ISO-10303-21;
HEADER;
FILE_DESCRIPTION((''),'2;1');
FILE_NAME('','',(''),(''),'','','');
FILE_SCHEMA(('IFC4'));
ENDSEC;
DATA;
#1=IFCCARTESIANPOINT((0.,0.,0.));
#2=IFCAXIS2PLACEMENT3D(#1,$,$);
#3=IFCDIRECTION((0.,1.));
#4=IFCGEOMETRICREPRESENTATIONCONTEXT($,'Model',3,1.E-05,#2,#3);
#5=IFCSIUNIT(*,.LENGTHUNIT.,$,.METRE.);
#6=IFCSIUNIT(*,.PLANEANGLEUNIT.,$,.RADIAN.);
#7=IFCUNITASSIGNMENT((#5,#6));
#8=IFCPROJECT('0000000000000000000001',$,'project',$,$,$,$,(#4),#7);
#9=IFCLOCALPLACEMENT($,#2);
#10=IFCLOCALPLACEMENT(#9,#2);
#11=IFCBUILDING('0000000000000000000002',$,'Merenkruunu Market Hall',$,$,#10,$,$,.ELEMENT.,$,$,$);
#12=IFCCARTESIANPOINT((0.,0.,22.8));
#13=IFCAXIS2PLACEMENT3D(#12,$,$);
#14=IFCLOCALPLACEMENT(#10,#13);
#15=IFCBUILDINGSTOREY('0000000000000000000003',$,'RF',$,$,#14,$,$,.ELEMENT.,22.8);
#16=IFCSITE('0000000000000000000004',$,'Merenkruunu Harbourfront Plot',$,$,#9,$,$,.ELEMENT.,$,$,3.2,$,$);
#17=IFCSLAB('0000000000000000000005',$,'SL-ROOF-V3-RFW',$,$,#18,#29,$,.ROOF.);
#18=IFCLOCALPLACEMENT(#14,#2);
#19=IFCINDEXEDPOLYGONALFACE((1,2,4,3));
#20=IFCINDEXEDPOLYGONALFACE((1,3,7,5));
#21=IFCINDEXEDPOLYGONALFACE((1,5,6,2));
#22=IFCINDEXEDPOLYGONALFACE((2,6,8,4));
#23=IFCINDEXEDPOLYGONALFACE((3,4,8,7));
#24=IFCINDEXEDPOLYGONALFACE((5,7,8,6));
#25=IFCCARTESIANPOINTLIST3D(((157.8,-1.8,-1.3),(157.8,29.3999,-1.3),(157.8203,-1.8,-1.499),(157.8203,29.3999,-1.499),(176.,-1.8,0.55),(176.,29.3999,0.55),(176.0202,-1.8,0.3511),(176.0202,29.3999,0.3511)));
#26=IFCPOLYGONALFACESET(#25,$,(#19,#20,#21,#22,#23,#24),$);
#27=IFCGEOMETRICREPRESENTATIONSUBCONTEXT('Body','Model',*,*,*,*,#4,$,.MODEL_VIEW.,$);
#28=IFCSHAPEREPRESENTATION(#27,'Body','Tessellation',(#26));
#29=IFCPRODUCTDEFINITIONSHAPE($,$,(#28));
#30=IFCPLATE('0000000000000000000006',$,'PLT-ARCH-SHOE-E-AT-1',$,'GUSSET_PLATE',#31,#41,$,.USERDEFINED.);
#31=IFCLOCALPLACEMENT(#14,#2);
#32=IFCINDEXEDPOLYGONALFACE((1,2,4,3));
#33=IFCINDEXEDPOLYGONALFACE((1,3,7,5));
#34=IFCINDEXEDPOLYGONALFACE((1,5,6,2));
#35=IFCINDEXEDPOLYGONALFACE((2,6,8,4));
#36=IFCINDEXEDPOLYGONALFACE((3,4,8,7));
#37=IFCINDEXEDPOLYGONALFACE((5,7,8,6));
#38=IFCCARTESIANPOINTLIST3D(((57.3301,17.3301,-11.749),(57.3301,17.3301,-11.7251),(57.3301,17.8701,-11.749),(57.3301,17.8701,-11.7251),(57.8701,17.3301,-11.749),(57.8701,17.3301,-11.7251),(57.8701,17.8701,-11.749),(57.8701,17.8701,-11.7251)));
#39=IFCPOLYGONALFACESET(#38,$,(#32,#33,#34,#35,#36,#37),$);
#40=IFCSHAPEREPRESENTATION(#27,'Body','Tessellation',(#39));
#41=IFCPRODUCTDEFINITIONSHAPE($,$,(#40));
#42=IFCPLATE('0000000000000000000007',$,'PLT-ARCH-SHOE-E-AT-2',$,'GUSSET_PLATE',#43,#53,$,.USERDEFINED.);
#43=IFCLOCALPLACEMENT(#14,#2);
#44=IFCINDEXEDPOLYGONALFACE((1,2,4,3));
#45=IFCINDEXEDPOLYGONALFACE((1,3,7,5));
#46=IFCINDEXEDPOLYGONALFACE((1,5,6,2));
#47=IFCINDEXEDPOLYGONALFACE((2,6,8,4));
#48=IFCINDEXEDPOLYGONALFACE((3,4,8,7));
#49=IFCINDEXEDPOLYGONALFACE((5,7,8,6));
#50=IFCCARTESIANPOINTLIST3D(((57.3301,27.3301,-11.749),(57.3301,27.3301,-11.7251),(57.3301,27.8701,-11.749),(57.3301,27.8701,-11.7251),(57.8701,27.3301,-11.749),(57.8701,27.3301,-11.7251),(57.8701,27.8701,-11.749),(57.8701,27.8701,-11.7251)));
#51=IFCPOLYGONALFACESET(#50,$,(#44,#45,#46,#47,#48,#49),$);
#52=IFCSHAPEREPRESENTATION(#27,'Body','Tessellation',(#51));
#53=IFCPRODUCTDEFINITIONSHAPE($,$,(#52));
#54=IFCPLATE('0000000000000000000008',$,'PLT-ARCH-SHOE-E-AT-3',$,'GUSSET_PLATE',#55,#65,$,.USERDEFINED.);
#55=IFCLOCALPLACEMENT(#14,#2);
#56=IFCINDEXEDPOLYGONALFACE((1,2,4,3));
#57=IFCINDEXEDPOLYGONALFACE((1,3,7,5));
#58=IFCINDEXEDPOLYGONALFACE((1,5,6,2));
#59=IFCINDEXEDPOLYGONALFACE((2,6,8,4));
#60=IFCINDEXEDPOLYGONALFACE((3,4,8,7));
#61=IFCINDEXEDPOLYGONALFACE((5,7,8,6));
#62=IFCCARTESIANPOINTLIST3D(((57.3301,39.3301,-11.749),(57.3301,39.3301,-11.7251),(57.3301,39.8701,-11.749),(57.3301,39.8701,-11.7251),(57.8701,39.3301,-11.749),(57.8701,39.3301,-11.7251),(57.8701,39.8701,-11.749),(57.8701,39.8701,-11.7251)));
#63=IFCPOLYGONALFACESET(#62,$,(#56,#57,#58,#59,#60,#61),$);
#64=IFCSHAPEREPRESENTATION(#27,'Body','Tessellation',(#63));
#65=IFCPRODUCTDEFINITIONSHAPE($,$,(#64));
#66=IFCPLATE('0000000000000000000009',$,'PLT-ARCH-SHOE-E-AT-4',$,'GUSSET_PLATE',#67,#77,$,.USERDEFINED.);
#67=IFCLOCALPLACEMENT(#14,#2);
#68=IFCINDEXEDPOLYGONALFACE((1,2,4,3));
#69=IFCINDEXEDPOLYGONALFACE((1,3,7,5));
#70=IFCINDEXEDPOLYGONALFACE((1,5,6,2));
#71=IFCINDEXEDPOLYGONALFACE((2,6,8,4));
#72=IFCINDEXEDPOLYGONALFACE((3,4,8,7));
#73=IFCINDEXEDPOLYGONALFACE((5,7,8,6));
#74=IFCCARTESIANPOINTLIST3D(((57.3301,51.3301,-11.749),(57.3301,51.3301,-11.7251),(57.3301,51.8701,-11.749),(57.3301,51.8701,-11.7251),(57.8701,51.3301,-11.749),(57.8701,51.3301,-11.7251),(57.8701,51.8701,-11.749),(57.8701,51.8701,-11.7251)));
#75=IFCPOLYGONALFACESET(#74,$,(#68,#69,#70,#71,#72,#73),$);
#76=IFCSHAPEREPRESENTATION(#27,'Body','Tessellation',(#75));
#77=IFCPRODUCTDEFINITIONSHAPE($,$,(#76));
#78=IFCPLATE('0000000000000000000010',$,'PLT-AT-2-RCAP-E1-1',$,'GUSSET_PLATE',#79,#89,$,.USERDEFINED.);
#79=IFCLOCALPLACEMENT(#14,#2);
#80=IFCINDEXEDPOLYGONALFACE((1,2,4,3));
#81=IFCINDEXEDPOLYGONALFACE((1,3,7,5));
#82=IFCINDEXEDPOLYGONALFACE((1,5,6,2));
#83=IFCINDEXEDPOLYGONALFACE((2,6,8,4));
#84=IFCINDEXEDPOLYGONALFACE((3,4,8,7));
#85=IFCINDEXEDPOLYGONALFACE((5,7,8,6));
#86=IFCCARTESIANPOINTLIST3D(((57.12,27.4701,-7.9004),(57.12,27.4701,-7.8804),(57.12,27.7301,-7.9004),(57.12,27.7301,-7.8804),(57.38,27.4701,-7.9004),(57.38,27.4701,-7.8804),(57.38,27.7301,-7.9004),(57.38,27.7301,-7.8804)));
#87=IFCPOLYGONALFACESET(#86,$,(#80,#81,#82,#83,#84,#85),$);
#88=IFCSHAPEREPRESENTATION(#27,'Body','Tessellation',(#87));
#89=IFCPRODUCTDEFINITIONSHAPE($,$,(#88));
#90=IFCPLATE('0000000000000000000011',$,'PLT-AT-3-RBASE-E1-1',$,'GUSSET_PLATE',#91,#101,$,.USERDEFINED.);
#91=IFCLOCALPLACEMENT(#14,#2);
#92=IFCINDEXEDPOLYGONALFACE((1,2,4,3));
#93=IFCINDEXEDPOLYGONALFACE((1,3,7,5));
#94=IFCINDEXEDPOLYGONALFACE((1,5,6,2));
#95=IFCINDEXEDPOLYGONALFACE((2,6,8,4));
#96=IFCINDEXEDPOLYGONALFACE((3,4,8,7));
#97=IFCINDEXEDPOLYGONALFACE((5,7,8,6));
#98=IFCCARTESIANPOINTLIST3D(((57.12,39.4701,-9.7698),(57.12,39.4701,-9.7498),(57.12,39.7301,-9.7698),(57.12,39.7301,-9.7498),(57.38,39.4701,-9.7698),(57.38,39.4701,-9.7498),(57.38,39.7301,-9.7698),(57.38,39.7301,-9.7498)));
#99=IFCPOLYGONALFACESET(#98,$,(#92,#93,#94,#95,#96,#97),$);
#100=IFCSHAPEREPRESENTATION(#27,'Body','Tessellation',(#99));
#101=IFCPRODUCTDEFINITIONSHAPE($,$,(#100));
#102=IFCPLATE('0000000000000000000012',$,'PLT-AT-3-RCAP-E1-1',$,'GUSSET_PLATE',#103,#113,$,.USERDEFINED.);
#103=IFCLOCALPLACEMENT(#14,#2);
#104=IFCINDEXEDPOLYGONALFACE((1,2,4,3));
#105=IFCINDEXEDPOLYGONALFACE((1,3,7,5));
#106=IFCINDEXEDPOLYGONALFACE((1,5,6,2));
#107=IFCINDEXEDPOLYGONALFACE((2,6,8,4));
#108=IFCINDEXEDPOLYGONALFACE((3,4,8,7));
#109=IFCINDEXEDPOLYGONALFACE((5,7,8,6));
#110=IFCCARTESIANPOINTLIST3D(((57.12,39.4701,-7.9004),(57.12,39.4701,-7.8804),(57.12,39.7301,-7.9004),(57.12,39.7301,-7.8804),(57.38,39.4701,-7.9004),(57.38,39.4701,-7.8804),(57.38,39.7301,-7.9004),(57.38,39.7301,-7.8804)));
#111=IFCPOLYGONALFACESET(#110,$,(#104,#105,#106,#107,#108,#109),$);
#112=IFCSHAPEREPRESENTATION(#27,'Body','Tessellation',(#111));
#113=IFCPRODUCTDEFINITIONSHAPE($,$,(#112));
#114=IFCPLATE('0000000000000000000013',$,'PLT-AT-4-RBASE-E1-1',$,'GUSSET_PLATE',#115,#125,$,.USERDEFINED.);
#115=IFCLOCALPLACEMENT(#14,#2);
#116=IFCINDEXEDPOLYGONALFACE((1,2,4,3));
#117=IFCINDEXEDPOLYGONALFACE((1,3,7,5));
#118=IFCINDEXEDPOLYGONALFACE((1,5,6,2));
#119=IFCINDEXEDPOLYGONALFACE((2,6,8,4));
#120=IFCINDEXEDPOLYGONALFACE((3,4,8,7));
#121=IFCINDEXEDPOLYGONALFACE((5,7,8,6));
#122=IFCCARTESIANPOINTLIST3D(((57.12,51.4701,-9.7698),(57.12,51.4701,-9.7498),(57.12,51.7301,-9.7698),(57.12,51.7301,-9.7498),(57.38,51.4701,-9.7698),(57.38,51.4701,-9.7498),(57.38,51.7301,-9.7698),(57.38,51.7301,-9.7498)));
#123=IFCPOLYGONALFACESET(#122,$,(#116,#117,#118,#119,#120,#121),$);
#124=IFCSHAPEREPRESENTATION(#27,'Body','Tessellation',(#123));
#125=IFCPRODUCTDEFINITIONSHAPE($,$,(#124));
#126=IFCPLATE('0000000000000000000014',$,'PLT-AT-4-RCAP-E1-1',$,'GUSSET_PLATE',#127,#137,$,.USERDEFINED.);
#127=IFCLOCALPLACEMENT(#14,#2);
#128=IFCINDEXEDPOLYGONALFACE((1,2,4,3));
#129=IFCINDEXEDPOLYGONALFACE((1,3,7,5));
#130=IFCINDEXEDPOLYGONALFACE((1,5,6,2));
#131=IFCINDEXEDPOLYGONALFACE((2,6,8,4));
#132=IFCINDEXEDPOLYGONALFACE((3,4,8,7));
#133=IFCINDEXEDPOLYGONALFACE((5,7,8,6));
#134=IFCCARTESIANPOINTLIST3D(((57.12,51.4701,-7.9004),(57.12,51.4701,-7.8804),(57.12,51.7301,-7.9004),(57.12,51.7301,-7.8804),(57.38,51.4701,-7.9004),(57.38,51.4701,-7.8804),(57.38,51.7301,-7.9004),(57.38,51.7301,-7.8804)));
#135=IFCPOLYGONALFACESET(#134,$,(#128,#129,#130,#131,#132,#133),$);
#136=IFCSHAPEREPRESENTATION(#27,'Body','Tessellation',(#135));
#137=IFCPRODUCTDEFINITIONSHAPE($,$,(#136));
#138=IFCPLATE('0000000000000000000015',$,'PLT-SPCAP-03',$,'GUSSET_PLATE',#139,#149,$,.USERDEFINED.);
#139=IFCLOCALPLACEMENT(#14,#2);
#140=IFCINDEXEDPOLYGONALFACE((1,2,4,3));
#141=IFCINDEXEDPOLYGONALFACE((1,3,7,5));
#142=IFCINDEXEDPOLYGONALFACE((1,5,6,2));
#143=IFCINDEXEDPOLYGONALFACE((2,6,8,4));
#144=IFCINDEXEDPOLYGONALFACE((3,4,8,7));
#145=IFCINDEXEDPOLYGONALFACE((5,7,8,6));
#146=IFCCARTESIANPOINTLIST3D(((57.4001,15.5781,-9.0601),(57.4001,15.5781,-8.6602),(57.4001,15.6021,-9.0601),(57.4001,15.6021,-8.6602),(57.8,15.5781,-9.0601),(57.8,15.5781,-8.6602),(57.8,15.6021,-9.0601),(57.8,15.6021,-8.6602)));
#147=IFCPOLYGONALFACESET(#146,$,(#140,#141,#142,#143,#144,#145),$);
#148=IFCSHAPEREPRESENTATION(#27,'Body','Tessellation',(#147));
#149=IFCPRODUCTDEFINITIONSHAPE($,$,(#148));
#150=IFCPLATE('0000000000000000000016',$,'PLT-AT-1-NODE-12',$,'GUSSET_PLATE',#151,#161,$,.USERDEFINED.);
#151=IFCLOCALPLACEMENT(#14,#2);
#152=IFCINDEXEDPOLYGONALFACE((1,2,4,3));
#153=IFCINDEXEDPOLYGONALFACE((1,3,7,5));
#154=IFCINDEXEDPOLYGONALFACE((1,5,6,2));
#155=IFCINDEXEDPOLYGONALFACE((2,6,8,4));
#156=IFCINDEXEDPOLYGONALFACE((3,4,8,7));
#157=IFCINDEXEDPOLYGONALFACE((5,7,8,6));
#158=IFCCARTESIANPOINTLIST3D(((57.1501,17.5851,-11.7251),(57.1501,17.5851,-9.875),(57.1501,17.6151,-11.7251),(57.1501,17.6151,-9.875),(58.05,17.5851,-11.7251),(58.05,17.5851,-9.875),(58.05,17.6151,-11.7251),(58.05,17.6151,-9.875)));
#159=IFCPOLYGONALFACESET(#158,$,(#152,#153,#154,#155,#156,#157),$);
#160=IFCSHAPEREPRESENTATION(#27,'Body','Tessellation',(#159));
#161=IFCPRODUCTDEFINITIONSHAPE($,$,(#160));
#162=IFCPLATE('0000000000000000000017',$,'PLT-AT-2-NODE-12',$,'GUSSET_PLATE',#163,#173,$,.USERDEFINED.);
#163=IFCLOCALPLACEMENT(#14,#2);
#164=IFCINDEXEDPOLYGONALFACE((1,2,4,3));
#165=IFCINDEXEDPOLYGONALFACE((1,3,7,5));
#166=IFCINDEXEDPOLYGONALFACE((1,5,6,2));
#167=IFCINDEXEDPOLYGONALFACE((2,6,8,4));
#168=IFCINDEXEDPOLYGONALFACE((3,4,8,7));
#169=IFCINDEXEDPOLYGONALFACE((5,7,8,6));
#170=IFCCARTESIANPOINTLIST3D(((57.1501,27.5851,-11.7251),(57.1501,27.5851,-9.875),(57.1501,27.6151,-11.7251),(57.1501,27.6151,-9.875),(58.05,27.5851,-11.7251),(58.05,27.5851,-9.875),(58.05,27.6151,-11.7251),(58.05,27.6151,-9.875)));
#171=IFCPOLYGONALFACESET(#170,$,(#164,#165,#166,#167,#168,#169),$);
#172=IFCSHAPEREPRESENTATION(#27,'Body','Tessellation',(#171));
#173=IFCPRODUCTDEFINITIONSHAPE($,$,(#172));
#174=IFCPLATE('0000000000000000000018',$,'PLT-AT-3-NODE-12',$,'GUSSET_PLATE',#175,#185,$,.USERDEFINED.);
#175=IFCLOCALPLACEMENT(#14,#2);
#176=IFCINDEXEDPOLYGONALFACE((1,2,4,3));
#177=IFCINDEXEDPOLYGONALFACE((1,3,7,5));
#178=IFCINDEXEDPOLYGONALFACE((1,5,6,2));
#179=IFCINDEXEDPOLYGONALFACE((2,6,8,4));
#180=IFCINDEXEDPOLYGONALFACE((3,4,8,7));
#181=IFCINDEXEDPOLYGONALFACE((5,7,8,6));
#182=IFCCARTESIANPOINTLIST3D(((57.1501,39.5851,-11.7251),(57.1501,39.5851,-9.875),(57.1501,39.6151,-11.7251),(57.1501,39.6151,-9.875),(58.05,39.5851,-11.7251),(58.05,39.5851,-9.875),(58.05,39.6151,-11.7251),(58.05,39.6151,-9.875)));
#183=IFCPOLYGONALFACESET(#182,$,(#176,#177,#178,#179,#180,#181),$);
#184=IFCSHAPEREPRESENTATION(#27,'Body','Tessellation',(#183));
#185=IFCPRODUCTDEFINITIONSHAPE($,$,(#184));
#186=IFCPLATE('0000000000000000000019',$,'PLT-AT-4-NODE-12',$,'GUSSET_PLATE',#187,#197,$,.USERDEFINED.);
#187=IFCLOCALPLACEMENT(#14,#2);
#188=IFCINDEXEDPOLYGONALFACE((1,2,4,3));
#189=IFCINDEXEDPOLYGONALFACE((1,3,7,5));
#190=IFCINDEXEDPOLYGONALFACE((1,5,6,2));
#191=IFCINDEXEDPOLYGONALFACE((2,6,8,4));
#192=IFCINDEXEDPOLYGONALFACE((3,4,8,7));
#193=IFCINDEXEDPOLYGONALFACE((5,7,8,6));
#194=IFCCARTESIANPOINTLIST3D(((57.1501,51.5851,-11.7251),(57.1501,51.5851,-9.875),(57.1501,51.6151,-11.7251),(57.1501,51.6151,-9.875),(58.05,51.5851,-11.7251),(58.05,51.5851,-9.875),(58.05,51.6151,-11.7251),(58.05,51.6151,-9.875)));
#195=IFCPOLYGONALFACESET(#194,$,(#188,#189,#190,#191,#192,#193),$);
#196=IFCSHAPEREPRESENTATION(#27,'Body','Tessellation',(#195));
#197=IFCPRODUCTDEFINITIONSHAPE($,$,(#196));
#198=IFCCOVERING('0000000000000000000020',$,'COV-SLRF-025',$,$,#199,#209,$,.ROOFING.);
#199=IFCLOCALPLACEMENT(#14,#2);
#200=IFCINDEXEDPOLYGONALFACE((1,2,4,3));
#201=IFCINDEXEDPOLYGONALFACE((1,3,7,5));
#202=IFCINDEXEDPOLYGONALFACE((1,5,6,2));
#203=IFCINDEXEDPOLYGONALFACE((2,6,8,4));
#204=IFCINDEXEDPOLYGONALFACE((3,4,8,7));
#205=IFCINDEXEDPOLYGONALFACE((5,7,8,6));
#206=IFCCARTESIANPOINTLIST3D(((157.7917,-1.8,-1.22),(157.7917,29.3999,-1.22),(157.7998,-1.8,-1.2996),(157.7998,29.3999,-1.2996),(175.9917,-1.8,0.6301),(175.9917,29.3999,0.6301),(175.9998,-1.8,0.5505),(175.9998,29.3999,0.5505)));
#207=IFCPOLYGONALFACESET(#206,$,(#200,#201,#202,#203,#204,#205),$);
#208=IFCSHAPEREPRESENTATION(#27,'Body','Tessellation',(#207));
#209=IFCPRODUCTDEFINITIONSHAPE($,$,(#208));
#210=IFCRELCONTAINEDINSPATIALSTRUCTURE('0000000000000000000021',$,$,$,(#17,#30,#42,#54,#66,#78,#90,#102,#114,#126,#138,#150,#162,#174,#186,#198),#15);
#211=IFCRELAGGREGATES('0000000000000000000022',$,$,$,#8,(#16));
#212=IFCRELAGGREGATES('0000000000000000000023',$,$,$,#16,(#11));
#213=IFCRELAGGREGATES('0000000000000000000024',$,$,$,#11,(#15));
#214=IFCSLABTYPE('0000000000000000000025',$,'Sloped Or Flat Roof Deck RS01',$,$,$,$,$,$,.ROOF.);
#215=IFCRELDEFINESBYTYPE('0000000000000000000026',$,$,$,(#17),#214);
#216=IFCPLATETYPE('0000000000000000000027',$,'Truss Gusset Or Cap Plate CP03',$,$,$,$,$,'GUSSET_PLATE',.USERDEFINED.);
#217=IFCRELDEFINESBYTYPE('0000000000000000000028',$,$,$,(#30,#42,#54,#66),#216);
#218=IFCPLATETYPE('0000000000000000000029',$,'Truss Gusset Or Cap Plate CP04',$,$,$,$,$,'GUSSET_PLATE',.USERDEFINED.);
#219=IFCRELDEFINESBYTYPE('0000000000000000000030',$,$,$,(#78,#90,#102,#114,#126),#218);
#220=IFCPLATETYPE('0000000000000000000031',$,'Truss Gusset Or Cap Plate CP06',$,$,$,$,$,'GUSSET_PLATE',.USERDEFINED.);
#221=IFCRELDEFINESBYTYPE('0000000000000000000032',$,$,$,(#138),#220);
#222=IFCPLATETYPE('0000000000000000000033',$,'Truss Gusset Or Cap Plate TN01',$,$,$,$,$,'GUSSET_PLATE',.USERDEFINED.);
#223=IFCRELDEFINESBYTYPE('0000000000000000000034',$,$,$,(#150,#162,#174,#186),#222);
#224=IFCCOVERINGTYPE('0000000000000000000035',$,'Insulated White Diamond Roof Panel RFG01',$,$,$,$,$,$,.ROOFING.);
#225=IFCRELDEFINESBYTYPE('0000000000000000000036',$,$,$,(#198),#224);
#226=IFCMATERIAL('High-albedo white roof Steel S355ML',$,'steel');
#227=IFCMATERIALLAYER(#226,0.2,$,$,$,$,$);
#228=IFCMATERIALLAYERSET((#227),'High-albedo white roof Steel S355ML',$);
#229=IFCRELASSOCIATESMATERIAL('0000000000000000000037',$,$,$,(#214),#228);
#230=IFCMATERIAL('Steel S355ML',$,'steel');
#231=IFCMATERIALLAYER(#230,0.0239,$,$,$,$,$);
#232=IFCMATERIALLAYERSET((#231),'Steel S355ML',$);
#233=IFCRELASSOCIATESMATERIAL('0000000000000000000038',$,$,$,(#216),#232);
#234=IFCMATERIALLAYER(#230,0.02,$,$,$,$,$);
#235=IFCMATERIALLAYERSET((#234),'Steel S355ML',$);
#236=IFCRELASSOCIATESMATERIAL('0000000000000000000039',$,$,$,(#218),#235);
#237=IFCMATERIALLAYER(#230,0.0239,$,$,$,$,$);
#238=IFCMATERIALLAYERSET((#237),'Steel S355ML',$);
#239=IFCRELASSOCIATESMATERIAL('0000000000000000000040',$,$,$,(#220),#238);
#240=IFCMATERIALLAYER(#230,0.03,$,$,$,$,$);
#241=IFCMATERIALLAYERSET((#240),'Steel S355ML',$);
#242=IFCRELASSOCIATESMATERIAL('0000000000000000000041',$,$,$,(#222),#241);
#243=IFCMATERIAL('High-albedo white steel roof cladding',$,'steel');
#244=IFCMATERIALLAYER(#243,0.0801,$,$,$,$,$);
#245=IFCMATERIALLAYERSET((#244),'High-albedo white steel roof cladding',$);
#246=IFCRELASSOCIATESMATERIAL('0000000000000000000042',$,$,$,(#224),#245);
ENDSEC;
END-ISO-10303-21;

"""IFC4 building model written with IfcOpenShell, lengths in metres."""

from ifc_helpers import new_model, si_unit, direction, frame, origin, origin_2d, place, context, subcontext, project, spatial, polyline, rectangle, outline, extrude, material, layer, layer_set, type_object, element, save


model = new_model("IFC4")

# Units and contexts
model_context = context("Model", 3, precision=1e-05, world=origin(), true_north=direction((0.0, 1.0)))
body_context = subcontext(model_context, "Body", "Model", "MODEL_VIEW")
ifc_project = project(units=[si_unit("LENGTHUNIT", "METRE"), si_unit("PLANEANGLEUNIT", "RADIAN")], contexts=[model_context])

# Site, building, storey
site_placement = place(None, origin())
site = spatial("IfcSite", under=ifc_project, at=site_placement, Name="Merenkruunu Harbourfront Plot", CompositionType="ELEMENT", RefElevation=3.2)
building_placement = place(site_placement, origin())
building = spatial("IfcBuilding", under=site, at=building_placement, Name="Merenkruunu Market Hall", CompositionType="ELEMENT")
storey_placement = place(building_placement, frame((0.0, 0.0, 22.8)))
storey = spatial("IfcBuildingStorey", under=building, at=storey_placement, Name="RF", CompositionType="ELEMENT", Elevation=22.8)

# Shared definitions
ifc_material_1 = material(Name="Steel S355ML", Category="steel")

# Slab
ifc_material_2 = material(Name="High-albedo white roof Steel S355ML", Category="steel")
ifc_layer_1 = layer(ifc_material_2, 0.2)
ifc_layer_set_1 = layer_set([ifc_layer_1], Name="High-albedo white roof Steel S355ML")
slab_type = type_object("IfcSlabType", Name="Sloped Or Flat Roof Deck RS01", PredefinedType="ROOF", material=ifc_layer_set_1)
slab_placement = place(storey_placement, frame((157.8, -1.8, -1.3), z_axis=(-0.101133, 0.0, 0.994873), x_axis=(0.994873, 0.0, 0.101133)))
element("IfcSlab", 1, at=slab_placement, inside=storey, type_object=slab_type, Name="SL-ROOF-V3-RFW", PredefinedType="ROOF", context=body_context, shape_type="SweptSolid", body=[
    extrude(outline(polyline([(0.0, 0.0), (18.2937, 0.0), (18.2937, 31.2), (0.0, 31.2), (0.0, 0.0)])), origin(), (0.0, 0.0, -1.0), 0.2),
])

# Plates
ifc_layer_2 = layer(ifc_material_1, 0.0239)
ifc_layer_set_2 = layer_set([ifc_layer_2], Name="Steel S355ML")
plate_type_1 = type_object("IfcPlateType", Name="Truss Gusset Or Cap Plate CP03", ElementType="GUSSET_PLATE", PredefinedType="USERDEFINED", material=ifc_layer_set_2)
for number, where, z_axis, x_axis, name in (
    (2, (57.6001, 17.6001, -11.749), (0.0, 0.0, 1.0), (1.0, 0.0, 0.0), "PLT-ARCH-SHOE-E-AT-1"),
    (3, (57.6001, 27.6001, -11.749), (0.0, 0.0, 1.0), (1.0, 0.0, 0.0), "PLT-ARCH-SHOE-E-AT-2"),
    (4, (57.6001, 39.6001, -11.749), (0.0, 0.0, 1.0), (1.0, 0.0, 0.0), "PLT-ARCH-SHOE-E-AT-3"),
    (5, (57.6001, 51.6001, -11.749), (0.0, 0.0, 1.0), (1.0, 0.0, 0.0), "PLT-ARCH-SHOE-E-AT-4"),
):
    element("IfcPlate", number, at=place(storey_placement, frame(where, z_axis=z_axis, x_axis=x_axis)), inside=storey, type_object=plate_type_1, Name=name, ObjectType="GUSSET_PLATE", PredefinedType="USERDEFINED", context=body_context, shape_type="SweptSolid", body=[
        extrude(rectangle(XDim=0.54, YDim=0.54, at=origin_2d()), origin(), (0.0, 0.0, 1.0), 0.0239),
    ])
ifc_layer_3 = layer(ifc_material_1, 0.02)
ifc_layer_set_3 = layer_set([ifc_layer_3], Name="Steel S355ML")
plate_type_2 = type_object("IfcPlateType", Name="Truss Gusset Or Cap Plate CP04", ElementType="GUSSET_PLATE", PredefinedType="USERDEFINED", material=ifc_layer_set_3)
for number, where, z_axis, x_axis, name in (
    (6, (57.25, 27.6001, -7.9004), (0.0, 0.0, 1.0), (1.0, 0.0, 0.0), "PLT-AT-2-RCAP-E1-1"),
    (7, (57.25, 39.6001, -9.7698), (0.0, 0.0, 1.0), (1.0, 0.0, 0.0), "PLT-AT-3-RBASE-E1-1"),
    (8, (57.25, 39.6001, -7.9004), (0.0, 0.0, 1.0), (1.0, 0.0, 0.0), "PLT-AT-3-RCAP-E1-1"),
    (9, (57.25, 51.6001, -9.7698), (0.0, 0.0, 1.0), (1.0, 0.0, 0.0), "PLT-AT-4-RBASE-E1-1"),
    (10, (57.25, 51.6001, -7.9004), (0.0, 0.0, 1.0), (1.0, 0.0, 0.0), "PLT-AT-4-RCAP-E1-1"),
):
    element("IfcPlate", number, at=place(storey_placement, frame(where, z_axis=z_axis, x_axis=x_axis)), inside=storey, type_object=plate_type_2, Name=name, ObjectType="GUSSET_PLATE", PredefinedType="USERDEFINED", context=body_context, shape_type="SweptSolid", body=[
        extrude(rectangle(XDim=0.26, YDim=0.26, at=origin_2d()), origin(), (0.0, 0.0, 1.0), 0.02),
    ])
ifc_layer_4 = layer(ifc_material_1, 0.0239)
ifc_layer_set_4 = layer_set([ifc_layer_4], Name="Steel S355ML")
plate_type_3 = type_object("IfcPlateType", Name="Truss Gusset Or Cap Plate CP06", ElementType="GUSSET_PLATE", PredefinedType="USERDEFINED", material=ifc_layer_set_4)
plate_placement = place(storey_placement, frame((57.6001, 15.5901, -9.0601), z_axis=(0.0, 0.0, 1.0), x_axis=(1.0, 0.0, 0.0)))
element("IfcPlate", 11, at=plate_placement, inside=storey, type_object=plate_type_3, Name="PLT-SPCAP-03", ObjectType="GUSSET_PLATE", PredefinedType="USERDEFINED", context=body_context, shape_type="SweptSolid", body=[
    extrude(rectangle(XDim=0.3999, YDim=0.0239, at=origin_2d()), origin(), (0.0, 0.0, 1.0), 0.3999),
])
ifc_layer_5 = layer(ifc_material_1, 0.03)
ifc_layer_set_5 = layer_set([ifc_layer_5], Name="Steel S355ML")
plate_type_4 = type_object("IfcPlateType", Name="Truss Gusset Or Cap Plate TN01", ElementType="GUSSET_PLATE", PredefinedType="USERDEFINED", material=ifc_layer_set_5)
for number, where, z_axis, x_axis, name in (
    (12, (57.6001, 17.6001, -11.7251), (0.0, 0.0, 1.0), (1.0, 0.0, 0.0), "PLT-AT-1-NODE-12"),
    (13, (57.6001, 27.6001, -11.7251), (0.0, 0.0, 1.0), (1.0, 0.0, 0.0), "PLT-AT-2-NODE-12"),
    (14, (57.6001, 39.6001, -11.7251), (0.0, 0.0, 1.0), (1.0, 0.0, 0.0), "PLT-AT-3-NODE-12"),
    (15, (57.6001, 51.6001, -11.7251), (0.0, 0.0, 1.0), (1.0, 0.0, 0.0), "PLT-AT-4-NODE-12"),
):
    element("IfcPlate", number, at=place(storey_placement, frame(where, z_axis=z_axis, x_axis=x_axis)), inside=storey, type_object=plate_type_4, Name=name, ObjectType="GUSSET_PLATE", PredefinedType="USERDEFINED", context=body_context, shape_type="SweptSolid", body=[
        extrude(rectangle(XDim=0.8999, YDim=0.03, at=origin_2d()), origin(), (0.0, 0.0, 1.0), 1.8501),
    ])

# Covering
ifc_material_3 = material(Name="High-albedo white steel roof cladding", Category="steel")
ifc_layer_6 = layer(ifc_material_3, 0.0801)
ifc_layer_set_6 = layer_set([ifc_layer_6], Name="High-albedo white steel roof cladding")
covering_type = type_object("IfcCoveringType", Name="Insulated White Diamond Roof Panel RFG01", PredefinedType="ROOFING", material=ifc_layer_set_6)
covering_placement = place(storey_placement, frame((157.7917, -1.8, -1.22), z_axis=(-0.101133, 0.0, 0.994873), x_axis=(0.994873, 0.0, 0.101133)))
element("IfcCovering", 16, at=covering_placement, inside=storey, type_object=covering_type, Name="COV-SLRF-025", PredefinedType="ROOFING", context=body_context, shape_type="SweptSolid", body=[
    extrude(outline(polyline([(0.0, 0.0), (18.2937, 0.0), (18.2937, 31.2), (0.0, 31.2), (0.0, 0.0)])), origin(), (0.0, 0.0, -1.0), 0.0801),
])

save(model, "model.ifc")
